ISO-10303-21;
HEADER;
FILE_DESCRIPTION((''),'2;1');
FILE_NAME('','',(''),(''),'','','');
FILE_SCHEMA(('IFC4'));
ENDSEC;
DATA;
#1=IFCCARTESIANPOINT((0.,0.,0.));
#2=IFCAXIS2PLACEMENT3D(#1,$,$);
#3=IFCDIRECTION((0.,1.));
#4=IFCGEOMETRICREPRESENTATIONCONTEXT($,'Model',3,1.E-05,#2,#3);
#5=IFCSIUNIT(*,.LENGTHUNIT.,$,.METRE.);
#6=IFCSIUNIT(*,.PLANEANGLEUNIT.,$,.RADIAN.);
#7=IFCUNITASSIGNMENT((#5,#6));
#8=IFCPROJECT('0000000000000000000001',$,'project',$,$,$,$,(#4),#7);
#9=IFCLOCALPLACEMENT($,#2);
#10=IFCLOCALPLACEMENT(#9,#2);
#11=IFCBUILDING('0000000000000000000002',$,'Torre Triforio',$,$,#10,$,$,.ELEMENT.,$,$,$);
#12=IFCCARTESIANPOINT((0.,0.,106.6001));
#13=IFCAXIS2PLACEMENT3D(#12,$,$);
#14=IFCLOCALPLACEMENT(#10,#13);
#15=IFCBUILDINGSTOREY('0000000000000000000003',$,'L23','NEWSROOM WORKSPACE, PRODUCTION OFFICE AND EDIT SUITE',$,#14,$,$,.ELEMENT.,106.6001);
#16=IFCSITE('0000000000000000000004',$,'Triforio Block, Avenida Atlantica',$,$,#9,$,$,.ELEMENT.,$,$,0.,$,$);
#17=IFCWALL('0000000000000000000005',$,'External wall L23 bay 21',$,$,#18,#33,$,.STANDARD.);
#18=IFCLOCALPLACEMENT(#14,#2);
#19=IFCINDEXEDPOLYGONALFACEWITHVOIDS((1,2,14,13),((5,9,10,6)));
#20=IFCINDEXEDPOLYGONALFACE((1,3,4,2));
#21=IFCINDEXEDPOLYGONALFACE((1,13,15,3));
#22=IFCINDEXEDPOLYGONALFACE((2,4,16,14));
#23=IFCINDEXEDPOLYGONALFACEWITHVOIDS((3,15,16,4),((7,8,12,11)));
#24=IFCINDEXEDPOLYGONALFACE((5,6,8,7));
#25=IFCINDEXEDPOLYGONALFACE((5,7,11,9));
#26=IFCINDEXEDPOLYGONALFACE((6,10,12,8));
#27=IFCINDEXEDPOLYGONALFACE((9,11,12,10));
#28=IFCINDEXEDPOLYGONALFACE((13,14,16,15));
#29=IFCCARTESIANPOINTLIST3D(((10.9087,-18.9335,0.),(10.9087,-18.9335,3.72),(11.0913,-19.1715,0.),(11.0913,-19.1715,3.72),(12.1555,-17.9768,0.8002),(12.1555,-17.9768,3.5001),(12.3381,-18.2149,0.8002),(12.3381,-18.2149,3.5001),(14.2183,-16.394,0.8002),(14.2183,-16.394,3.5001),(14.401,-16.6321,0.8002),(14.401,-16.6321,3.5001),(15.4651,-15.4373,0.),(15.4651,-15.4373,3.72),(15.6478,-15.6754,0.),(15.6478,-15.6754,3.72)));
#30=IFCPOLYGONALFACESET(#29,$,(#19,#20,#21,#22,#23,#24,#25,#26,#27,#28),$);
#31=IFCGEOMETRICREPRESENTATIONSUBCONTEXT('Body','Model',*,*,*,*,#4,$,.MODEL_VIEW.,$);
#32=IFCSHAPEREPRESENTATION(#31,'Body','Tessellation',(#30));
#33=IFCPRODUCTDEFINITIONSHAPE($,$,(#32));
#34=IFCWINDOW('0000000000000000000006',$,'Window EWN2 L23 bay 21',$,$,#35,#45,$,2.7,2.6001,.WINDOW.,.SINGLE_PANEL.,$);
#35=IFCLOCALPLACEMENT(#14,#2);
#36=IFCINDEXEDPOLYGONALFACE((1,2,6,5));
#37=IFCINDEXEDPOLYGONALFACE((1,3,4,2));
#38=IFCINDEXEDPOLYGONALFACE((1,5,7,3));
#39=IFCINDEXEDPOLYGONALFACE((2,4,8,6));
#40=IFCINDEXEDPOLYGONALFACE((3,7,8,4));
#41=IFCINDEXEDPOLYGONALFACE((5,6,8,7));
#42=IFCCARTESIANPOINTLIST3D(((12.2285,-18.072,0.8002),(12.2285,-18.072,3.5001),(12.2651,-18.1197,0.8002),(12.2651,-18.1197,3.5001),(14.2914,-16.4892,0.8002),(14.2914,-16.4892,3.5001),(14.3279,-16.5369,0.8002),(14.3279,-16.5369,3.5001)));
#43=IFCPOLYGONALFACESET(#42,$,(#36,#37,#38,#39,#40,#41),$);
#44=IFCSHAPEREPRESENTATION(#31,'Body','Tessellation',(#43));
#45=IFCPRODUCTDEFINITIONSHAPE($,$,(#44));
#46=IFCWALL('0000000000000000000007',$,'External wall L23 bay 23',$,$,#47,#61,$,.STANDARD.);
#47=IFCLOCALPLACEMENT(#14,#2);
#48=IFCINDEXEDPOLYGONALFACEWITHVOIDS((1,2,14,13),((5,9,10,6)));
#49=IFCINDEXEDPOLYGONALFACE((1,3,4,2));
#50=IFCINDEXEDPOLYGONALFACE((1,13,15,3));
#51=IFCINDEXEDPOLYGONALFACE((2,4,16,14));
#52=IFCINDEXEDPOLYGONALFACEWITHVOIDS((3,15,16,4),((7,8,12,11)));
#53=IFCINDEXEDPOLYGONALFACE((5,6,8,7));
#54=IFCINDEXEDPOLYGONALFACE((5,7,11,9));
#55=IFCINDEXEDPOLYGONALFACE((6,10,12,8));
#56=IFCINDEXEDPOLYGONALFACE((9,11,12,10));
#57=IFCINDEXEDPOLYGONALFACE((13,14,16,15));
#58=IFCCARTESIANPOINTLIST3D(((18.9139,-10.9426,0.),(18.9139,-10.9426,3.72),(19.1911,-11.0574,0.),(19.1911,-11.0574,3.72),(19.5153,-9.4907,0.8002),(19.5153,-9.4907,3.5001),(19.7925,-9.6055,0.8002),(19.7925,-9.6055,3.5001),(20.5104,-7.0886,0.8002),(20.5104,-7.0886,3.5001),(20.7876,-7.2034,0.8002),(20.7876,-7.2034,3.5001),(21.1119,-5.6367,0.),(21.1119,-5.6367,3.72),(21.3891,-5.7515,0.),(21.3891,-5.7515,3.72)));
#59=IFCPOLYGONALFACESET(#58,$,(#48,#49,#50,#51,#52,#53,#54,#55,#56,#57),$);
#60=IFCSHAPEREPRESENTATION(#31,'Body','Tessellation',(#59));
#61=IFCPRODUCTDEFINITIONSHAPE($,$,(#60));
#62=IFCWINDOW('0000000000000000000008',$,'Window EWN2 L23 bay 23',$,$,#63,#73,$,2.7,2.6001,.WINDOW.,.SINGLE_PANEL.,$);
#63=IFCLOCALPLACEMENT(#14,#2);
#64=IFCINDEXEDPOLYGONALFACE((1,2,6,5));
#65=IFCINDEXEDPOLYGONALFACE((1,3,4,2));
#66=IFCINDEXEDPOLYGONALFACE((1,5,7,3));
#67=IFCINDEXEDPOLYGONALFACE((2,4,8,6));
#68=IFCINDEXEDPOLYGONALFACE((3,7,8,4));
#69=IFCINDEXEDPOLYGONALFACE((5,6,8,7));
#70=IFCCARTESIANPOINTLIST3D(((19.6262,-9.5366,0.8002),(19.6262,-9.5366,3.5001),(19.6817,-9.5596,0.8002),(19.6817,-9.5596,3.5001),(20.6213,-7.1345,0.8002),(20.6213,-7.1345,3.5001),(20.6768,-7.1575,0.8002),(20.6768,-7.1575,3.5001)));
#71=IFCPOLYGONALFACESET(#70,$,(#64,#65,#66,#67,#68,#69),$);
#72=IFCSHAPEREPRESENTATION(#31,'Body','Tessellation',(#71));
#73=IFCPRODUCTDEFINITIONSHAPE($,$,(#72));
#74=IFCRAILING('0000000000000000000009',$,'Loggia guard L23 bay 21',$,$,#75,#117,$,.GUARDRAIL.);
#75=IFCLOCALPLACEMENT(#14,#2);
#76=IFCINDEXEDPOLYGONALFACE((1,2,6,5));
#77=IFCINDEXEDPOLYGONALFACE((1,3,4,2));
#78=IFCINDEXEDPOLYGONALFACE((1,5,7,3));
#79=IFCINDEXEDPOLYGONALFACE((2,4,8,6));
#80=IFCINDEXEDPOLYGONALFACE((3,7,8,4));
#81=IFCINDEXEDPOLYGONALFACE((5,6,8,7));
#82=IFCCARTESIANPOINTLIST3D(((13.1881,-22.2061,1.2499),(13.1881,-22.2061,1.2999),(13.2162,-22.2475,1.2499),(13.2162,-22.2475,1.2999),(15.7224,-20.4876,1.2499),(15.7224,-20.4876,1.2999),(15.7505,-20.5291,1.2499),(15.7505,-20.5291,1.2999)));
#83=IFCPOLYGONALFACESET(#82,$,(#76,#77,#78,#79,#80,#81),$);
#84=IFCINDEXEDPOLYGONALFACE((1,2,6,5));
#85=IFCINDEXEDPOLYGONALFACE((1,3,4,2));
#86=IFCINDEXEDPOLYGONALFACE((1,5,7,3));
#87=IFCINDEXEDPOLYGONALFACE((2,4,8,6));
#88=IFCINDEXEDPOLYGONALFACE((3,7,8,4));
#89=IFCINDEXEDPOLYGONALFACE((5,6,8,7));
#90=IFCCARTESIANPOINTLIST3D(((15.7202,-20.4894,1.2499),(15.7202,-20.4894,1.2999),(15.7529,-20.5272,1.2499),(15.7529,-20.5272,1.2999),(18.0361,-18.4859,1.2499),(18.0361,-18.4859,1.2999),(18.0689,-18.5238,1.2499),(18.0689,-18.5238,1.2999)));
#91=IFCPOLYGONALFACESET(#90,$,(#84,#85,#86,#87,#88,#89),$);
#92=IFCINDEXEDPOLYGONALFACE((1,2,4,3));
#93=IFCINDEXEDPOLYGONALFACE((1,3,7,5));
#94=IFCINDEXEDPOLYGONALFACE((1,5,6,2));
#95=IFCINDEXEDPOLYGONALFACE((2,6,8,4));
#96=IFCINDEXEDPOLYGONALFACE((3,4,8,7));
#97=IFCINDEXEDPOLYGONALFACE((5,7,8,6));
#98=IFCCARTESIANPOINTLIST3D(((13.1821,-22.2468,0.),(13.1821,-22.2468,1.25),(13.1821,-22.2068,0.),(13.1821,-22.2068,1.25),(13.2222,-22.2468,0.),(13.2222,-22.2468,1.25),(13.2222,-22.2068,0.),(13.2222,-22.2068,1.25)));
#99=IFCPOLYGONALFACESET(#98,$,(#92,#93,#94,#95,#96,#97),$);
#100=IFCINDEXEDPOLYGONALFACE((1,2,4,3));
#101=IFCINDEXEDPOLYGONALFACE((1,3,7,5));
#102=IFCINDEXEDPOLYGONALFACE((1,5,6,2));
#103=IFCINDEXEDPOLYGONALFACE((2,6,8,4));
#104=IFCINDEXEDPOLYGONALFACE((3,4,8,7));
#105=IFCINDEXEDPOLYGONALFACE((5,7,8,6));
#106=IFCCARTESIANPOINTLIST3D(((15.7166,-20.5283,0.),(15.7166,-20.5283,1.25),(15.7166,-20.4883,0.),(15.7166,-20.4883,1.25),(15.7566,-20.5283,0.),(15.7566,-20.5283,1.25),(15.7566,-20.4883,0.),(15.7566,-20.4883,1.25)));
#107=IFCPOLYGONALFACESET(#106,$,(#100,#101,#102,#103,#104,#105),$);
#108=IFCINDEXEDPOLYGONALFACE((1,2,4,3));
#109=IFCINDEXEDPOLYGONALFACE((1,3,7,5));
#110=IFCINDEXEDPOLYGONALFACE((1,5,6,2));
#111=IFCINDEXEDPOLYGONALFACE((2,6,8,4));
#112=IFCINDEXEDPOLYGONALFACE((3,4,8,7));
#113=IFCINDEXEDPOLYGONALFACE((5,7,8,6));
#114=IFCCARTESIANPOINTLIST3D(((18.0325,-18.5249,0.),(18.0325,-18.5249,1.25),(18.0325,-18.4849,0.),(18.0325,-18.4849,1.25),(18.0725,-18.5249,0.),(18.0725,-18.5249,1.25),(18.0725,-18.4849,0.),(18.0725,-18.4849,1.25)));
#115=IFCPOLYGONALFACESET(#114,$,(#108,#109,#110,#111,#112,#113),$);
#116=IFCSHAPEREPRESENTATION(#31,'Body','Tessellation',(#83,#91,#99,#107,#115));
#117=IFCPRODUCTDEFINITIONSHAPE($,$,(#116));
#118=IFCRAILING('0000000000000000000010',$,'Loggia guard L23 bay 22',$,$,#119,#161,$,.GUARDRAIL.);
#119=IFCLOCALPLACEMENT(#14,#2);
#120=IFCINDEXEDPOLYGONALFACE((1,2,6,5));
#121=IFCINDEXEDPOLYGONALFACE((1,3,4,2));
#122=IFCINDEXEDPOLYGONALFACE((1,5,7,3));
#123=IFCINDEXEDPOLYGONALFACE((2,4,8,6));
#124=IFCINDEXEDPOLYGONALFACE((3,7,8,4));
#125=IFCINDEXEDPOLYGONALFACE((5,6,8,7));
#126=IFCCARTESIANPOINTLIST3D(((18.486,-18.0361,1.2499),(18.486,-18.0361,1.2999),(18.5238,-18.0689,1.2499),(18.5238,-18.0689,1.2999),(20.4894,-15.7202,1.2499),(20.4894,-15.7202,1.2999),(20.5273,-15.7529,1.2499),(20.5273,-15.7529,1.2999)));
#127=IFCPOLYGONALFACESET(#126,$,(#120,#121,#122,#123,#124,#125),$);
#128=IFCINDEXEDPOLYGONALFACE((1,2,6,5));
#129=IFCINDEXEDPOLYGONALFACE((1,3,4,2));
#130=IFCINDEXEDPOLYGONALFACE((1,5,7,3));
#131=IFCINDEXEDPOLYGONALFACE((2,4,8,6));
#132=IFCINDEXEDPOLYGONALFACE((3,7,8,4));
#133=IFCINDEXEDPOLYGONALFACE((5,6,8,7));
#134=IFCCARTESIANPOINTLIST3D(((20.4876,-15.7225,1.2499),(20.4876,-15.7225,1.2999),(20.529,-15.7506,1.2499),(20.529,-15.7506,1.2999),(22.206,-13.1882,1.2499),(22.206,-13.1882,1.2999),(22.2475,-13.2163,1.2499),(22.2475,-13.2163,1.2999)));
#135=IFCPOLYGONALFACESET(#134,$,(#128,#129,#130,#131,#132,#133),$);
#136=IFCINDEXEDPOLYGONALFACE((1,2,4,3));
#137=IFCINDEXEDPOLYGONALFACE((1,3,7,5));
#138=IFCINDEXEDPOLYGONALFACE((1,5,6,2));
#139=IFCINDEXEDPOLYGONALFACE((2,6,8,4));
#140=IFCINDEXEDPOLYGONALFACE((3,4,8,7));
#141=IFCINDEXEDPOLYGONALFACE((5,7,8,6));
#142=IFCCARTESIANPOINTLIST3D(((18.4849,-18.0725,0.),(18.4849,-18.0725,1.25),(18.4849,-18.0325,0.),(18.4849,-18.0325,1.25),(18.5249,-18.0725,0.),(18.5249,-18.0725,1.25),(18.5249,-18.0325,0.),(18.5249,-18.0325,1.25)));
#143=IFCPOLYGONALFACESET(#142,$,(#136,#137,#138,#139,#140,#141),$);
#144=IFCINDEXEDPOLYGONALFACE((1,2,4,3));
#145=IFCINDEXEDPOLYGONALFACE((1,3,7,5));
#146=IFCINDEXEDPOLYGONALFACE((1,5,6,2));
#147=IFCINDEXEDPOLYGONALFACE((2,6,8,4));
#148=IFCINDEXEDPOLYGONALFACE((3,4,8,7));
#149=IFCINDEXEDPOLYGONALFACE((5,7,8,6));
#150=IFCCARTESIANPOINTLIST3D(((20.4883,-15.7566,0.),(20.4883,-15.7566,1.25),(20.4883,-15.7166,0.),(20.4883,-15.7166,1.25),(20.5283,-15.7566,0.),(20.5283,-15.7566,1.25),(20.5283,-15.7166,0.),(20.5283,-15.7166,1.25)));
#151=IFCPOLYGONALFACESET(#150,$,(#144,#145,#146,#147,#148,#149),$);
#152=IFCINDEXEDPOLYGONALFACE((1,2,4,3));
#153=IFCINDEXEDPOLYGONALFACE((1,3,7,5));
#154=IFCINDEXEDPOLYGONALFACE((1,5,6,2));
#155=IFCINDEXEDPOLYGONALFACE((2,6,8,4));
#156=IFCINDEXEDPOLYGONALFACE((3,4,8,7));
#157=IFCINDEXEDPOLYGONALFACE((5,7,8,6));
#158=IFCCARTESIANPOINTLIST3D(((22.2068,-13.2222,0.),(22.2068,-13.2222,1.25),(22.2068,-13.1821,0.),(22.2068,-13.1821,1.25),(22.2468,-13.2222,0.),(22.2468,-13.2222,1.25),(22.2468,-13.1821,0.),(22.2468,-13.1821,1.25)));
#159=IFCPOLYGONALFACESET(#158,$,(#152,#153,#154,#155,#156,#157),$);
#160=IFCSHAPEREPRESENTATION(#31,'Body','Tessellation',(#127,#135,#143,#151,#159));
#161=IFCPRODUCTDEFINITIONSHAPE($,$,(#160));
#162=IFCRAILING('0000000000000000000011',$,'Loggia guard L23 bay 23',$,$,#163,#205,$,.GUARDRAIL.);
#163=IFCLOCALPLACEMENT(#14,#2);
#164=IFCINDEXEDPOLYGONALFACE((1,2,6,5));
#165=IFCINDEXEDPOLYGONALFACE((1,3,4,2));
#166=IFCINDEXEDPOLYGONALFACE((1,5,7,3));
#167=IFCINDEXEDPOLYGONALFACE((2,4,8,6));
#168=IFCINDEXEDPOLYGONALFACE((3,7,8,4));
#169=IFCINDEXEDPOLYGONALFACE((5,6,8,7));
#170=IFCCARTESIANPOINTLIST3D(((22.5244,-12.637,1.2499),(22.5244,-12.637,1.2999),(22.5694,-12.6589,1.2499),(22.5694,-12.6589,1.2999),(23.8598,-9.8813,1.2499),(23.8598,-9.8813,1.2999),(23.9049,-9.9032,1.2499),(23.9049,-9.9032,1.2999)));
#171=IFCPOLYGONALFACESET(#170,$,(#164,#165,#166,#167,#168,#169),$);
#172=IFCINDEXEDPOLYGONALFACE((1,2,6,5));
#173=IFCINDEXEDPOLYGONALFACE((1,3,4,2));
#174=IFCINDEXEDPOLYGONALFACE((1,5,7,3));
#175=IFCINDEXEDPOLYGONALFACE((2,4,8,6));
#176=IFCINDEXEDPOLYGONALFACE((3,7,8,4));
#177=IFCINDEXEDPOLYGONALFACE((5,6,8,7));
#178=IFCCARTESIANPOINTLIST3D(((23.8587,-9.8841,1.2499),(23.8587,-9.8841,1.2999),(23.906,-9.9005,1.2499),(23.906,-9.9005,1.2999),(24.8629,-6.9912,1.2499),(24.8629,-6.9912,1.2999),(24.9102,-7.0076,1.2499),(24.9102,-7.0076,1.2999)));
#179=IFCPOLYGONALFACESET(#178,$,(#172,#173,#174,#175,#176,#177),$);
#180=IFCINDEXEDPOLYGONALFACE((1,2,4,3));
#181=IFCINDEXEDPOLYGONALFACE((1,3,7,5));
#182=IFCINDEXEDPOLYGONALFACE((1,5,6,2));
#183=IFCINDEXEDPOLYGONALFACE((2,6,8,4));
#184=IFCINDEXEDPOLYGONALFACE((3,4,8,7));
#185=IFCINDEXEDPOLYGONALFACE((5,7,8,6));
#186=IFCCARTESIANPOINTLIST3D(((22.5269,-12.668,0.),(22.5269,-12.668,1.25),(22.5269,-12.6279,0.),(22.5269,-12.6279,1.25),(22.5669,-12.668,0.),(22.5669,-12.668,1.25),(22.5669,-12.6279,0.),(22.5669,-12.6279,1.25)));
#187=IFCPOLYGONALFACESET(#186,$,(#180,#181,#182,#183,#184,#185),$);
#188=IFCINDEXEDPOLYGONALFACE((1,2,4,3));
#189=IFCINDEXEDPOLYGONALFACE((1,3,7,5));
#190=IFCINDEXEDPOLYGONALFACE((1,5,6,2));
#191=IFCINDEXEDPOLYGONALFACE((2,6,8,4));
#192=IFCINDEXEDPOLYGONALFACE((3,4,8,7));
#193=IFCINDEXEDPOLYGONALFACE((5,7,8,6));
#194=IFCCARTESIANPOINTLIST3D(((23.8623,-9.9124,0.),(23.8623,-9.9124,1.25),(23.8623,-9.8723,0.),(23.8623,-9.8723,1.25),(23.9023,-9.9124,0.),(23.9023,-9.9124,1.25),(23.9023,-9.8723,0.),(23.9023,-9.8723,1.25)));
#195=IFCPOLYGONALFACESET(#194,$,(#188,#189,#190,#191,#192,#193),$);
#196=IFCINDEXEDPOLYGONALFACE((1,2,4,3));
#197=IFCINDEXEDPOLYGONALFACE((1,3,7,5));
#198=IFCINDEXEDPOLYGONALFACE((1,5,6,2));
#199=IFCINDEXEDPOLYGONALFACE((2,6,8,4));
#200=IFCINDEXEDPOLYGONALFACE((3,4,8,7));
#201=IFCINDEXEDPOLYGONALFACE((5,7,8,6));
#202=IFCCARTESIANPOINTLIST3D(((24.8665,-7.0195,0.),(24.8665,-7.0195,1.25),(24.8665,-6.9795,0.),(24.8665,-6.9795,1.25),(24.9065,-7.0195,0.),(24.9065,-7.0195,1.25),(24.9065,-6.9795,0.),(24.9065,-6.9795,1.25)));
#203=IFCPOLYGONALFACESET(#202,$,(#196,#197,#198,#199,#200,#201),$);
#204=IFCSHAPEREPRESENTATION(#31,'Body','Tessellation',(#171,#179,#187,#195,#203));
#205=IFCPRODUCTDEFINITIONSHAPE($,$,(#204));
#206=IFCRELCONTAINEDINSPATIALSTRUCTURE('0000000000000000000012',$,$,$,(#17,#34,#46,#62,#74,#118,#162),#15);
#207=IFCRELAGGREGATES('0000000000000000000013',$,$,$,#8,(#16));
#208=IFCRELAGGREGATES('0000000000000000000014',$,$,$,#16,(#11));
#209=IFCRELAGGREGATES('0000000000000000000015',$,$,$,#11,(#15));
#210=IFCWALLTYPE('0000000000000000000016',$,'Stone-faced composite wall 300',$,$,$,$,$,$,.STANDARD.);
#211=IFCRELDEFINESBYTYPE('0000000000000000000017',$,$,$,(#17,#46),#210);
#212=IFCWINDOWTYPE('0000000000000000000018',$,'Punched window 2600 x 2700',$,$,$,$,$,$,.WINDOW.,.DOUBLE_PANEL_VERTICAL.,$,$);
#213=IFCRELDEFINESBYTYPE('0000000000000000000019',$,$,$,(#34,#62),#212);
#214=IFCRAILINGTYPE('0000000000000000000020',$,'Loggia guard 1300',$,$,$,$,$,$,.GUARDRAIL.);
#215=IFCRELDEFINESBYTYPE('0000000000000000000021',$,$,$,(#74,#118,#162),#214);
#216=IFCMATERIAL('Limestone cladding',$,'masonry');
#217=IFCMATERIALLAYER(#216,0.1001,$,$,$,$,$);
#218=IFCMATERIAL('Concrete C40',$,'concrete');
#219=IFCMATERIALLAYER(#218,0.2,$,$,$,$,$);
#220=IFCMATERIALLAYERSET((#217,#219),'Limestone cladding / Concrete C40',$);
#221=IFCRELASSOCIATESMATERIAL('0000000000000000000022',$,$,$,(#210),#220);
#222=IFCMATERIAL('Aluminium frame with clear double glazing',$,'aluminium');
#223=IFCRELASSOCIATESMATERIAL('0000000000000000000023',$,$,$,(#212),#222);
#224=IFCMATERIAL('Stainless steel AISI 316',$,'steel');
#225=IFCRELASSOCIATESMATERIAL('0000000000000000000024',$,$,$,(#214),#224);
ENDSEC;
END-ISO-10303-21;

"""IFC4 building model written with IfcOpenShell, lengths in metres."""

from ifc_helpers import new_model, si_unit, direction, frame, frame_2d, origin, origin_2d, place, context, subcontext, project, spatial, rectangle, extrude, material, layer, layer_set, type_object, element, fill, save


model = new_model("IFC4")

# Units and contexts
model_context = context("Model", 3, precision=1e-05, world=origin(), true_north=direction((0.0, 1.0)))
body_context = subcontext(model_context, "Body", "Model", "MODEL_VIEW")
ifc_project = project(units=[si_unit("LENGTHUNIT", "METRE"), si_unit("PLANEANGLEUNIT", "RADIAN")], contexts=[model_context])

# Site, building, storey
site_placement = place(None, origin())
site = spatial("IfcSite", under=ifc_project, at=site_placement, Name="Triforio Block, Avenida Atlantica", CompositionType="ELEMENT", RefElevation=0.0)
building_placement = place(site_placement, origin())
building = spatial("IfcBuilding", under=site, at=building_placement, Name="Torre Triforio", CompositionType="ELEMENT")
storey_placement = place(building_placement, frame((0.0, 0.0, 106.6001)))
storey = spatial("IfcBuildingStorey", under=building, at=storey_placement, Name="L23", Description="NEWSROOM WORKSPACE, PRODUCTION OFFICE AND EDIT SUITE", CompositionType="ELEMENT", Elevation=106.6001)

# Shared definitions
ifc_material_1 = material(Name="Limestone cladding", Category="masonry")
ifc_material_2 = material(Name="Concrete C40", Category="concrete")

# Wall, opening, window
ifc_layer_1 = layer(ifc_material_1, 0.1001)
ifc_layer_2 = layer(ifc_material_2, 0.2)
ifc_layer_set_1 = layer_set([ifc_layer_1, ifc_layer_2], Name="Limestone cladding / Concrete C40")
wall_type_1 = type_object("IfcWallType", Name="Stone-faced composite wall 300", PredefinedType="STANDARD", material=ifc_layer_set_1)
wall_1_placement = place(storey_placement, frame((11.0, -19.0525, 0.0), z_axis=(0.0, 0.0, 1.0), x_axis=(0.793366, 0.608745, 0.0)))
wall_1 = element("IfcWall", 1, at=wall_1_placement, inside=storey, type_object=wall_type_1, Name="External wall L23 bay 21", PredefinedType="STANDARD", context=body_context, shape_type="SweptSolid", body=[
    extrude(rectangle(XDim=5.7432, YDim=0.3, at=frame_2d((2.8716, 0.0))), origin(), (0.0, 0.0, 1.0), 3.72),
])
opening_1_placement = place(wall_1_placement, frame((1.5715, 0.0, 0.8)))
opening_1 = element("IfcOpeningElement", 2, at=opening_1_placement, cuts=wall_1, PredefinedType="OPENING", context=body_context, shape_type="SweptSolid", body=[
    extrude(rectangle(XDim=2.6001, YDim=2.7, at=frame_2d((1.3, 1.3501))), frame((0.0, 0.1599, 0.0), z_axis=(0.0, -1.0, 0.0), x_axis=(1.0, 0.0, 0.0)), (0.0, 0.0, 1.0), 0.3201),
])
ifc_material_3 = material(Name="Aluminium frame with clear double glazing", Category="aluminium")
window_type_1 = type_object("IfcWindowType", Name="Punched window 2600 x 2700", PartitioningType="DOUBLE_PANEL_VERTICAL", PredefinedType="WINDOW", material=ifc_material_3)
window_1_placement = place(opening_1_placement, origin())
window_1 = element("IfcWindow", 3, at=window_1_placement, inside=storey, type_object=window_type_1, Name="Window EWN2 L23 bay 21", OverallHeight=2.7, OverallWidth=2.6001, PartitioningType="SINGLE_PANEL", PredefinedType="WINDOW", context=body_context, shape_type="SweptSolid", body=[
    extrude(rectangle(XDim=2.6001, YDim=2.7, at=frame_2d((1.3, 1.3501))), frame((0.0, 0.03, 0.0), z_axis=(0.0, -1.0, 0.0), x_axis=(1.0, 0.0, 0.0)), (0.0, 0.0, 1.0), 0.0601),
])
fill(opening_1, window_1)

# Wall, opening, window
wall_2_placement = place(storey_placement, frame((19.0525, -11.0, 0.0), z_axis=(0.0, 0.0, 1.0), x_axis=(0.382716, 0.923866, 0.0)))
wall_2 = element("IfcWall", 4, at=wall_2_placement, inside=storey, type_object=wall_type_1, Name="External wall L23 bay 23", PredefinedType="STANDARD", context=body_context, shape_type="SweptSolid", body=[
    extrude(rectangle(XDim=5.7432, YDim=0.3, at=frame_2d((2.8716, 0.0))), origin(), (0.0, 0.0, 1.0), 3.72),
])
opening_2_placement = place(wall_2_placement, frame((1.5715, 0.0, 0.8)))
opening_2 = element("IfcOpeningElement", 5, at=opening_2_placement, cuts=wall_2, PredefinedType="OPENING", context=body_context, shape_type="SweptSolid", body=[
    extrude(rectangle(XDim=2.6001, YDim=2.7, at=frame_2d((1.3, 1.3501))), frame((0.0, 0.1599, 0.0), z_axis=(0.0, -1.0, 0.0), x_axis=(1.0, 0.0, 0.0)), (0.0, 0.0, 1.0), 0.3201),
])
window_2_placement = place(opening_2_placement, origin())
window_2 = element("IfcWindow", 6, at=window_2_placement, inside=storey, type_object=window_type_1, Name="Window EWN2 L23 bay 23", OverallHeight=2.7, OverallWidth=2.6001, PartitioningType="SINGLE_PANEL", PredefinedType="WINDOW", context=body_context, shape_type="SweptSolid", body=[
    extrude(rectangle(XDim=2.6001, YDim=2.7, at=frame_2d((1.3, 1.3501))), frame((0.0, 0.03, 0.0), z_axis=(0.0, -1.0, 0.0), x_axis=(1.0, 0.0, 0.0)), (0.0, 0.0, 1.0), 0.0601),
])
fill(opening_2, window_2)

# Railings
ifc_material_4 = material(Name="Stainless steel AISI 316", Category="steel")
railing_type = type_object("IfcRailingType", Name="Loggia guard 1300", PredefinedType="GUARDRAIL", material=ifc_material_4)
railing_1_placement = place(storey_placement, frame((13.2021, -22.2268, 0.0)))
element("IfcRailing", 7, at=railing_1_placement, inside=storey, type_object=railing_type, Name="Loggia guard L23 bay 21", PredefinedType="GUARDRAIL", context=body_context, shape_type="SweptSolid", body=[
    extrude(rectangle(XDim=0.05, YDim=0.05, at=origin_2d()), frame((0.0, 0.0, 1.2749), z_axis=(0.82767, 0.561215, 0.0), x_axis=(-0.561215, 0.82767, 0.0)), (0.0, 0.0, 1.0), 3.062),
    extrude(rectangle(XDim=0.05, YDim=0.05, at=origin_2d()), frame((2.5344, 1.7185, 1.2749), z_axis=(0.756289, 0.654238, 0.0), x_axis=(-0.654238, 0.756289, 0.0)), (0.0, 0.0, 1.0), 3.0623),
    extrude(rectangle(XDim=0.04, YDim=0.04, at=origin_2d()), origin(), (0.0, 0.0, 1.0), 1.25),
    extrude(rectangle(XDim=0.04, YDim=0.04, at=origin_2d()), frame((2.5344, 1.7185, 0.0)), (0.0, 0.0, 1.0), 1.25),
    extrude(rectangle(XDim=0.04, YDim=0.04, at=origin_2d()), frame((4.8503, 3.7219, 0.0)), (0.0, 0.0, 1.0), 1.25),
])
railing_2_placement = place(storey_placement, frame((18.5049, -18.0525, 0.0)))
element("IfcRailing", 8, at=railing_2_placement, inside=storey, type_object=railing_type, Name="Loggia guard L23 bay 22", PredefinedType="GUARDRAIL", context=body_context, shape_type="SweptSolid", body=[
    extrude(rectangle(XDim=0.05, YDim=0.05, at=origin_2d()), frame((0.0, 0.0, 1.2749), z_axis=(0.654238, 0.756289, 0.0), x_axis=(-0.756289, 0.654238, 0.0)), (0.0, 0.0, 1.0), 3.0623),
    extrude(rectangle(XDim=0.05, YDim=0.05, at=origin_2d()), frame((2.0034, 2.3159, 1.2749), z_axis=(0.561215, 0.82767, 0.0), x_axis=(-0.82767, 0.561215, 0.0)), (0.0, 0.0, 1.0), 3.062),
    extrude(rectangle(XDim=0.04, YDim=0.04, at=origin_2d()), origin(), (0.0, 0.0, 1.0), 1.25),
    extrude(rectangle(XDim=0.04, YDim=0.04, at=origin_2d()), frame((2.0034, 2.3159, 0.0)), (0.0, 0.0, 1.0), 1.25),
    extrude(rectangle(XDim=0.04, YDim=0.04, at=origin_2d()), frame((3.7219, 4.8503, 0.0)), (0.0, 0.0, 1.0), 1.25),
])
railing_3_placement = place(storey_placement, frame((22.5469, -12.6479, 0.0)))
element("IfcRailing", 9, at=railing_3_placement, inside=storey, type_object=railing_type, Name="Loggia guard L23 bay 23", PredefinedType="GUARDRAIL", context=body_context, shape_type="SweptSolid", body=[
    extrude(rectangle(XDim=0.05, YDim=0.05, at=origin_2d()), frame((0.0, 0.0, 1.2749), z_axis=(0.436113, 0.899892, 0.0), x_axis=(-0.899892, 0.436113, 0.0)), (0.0, 0.0, 1.0), 3.0623),
    extrude(rectangle(XDim=0.05, YDim=0.05, at=origin_2d()), frame((1.3354, 2.7556, 1.2749), z_axis=(0.327924, 0.944704, 0.0), x_axis=(-0.944704, 0.327924, 0.0)), (0.0, 0.0, 1.0), 3.0623),
    extrude(rectangle(XDim=0.04, YDim=0.04, at=origin_2d()), origin(), (0.0, 0.0, 1.0), 1.25),
    extrude(rectangle(XDim=0.04, YDim=0.04, at=origin_2d()), frame((1.3354, 2.7556, 0.0)), (0.0, 0.0, 1.0), 1.25),
    extrude(rectangle(XDim=0.04, YDim=0.04, at=origin_2d()), frame((2.3396, 5.6484, 0.0)), (0.0, 0.0, 1.0), 1.25),
])

save(model, "model.ifc")
